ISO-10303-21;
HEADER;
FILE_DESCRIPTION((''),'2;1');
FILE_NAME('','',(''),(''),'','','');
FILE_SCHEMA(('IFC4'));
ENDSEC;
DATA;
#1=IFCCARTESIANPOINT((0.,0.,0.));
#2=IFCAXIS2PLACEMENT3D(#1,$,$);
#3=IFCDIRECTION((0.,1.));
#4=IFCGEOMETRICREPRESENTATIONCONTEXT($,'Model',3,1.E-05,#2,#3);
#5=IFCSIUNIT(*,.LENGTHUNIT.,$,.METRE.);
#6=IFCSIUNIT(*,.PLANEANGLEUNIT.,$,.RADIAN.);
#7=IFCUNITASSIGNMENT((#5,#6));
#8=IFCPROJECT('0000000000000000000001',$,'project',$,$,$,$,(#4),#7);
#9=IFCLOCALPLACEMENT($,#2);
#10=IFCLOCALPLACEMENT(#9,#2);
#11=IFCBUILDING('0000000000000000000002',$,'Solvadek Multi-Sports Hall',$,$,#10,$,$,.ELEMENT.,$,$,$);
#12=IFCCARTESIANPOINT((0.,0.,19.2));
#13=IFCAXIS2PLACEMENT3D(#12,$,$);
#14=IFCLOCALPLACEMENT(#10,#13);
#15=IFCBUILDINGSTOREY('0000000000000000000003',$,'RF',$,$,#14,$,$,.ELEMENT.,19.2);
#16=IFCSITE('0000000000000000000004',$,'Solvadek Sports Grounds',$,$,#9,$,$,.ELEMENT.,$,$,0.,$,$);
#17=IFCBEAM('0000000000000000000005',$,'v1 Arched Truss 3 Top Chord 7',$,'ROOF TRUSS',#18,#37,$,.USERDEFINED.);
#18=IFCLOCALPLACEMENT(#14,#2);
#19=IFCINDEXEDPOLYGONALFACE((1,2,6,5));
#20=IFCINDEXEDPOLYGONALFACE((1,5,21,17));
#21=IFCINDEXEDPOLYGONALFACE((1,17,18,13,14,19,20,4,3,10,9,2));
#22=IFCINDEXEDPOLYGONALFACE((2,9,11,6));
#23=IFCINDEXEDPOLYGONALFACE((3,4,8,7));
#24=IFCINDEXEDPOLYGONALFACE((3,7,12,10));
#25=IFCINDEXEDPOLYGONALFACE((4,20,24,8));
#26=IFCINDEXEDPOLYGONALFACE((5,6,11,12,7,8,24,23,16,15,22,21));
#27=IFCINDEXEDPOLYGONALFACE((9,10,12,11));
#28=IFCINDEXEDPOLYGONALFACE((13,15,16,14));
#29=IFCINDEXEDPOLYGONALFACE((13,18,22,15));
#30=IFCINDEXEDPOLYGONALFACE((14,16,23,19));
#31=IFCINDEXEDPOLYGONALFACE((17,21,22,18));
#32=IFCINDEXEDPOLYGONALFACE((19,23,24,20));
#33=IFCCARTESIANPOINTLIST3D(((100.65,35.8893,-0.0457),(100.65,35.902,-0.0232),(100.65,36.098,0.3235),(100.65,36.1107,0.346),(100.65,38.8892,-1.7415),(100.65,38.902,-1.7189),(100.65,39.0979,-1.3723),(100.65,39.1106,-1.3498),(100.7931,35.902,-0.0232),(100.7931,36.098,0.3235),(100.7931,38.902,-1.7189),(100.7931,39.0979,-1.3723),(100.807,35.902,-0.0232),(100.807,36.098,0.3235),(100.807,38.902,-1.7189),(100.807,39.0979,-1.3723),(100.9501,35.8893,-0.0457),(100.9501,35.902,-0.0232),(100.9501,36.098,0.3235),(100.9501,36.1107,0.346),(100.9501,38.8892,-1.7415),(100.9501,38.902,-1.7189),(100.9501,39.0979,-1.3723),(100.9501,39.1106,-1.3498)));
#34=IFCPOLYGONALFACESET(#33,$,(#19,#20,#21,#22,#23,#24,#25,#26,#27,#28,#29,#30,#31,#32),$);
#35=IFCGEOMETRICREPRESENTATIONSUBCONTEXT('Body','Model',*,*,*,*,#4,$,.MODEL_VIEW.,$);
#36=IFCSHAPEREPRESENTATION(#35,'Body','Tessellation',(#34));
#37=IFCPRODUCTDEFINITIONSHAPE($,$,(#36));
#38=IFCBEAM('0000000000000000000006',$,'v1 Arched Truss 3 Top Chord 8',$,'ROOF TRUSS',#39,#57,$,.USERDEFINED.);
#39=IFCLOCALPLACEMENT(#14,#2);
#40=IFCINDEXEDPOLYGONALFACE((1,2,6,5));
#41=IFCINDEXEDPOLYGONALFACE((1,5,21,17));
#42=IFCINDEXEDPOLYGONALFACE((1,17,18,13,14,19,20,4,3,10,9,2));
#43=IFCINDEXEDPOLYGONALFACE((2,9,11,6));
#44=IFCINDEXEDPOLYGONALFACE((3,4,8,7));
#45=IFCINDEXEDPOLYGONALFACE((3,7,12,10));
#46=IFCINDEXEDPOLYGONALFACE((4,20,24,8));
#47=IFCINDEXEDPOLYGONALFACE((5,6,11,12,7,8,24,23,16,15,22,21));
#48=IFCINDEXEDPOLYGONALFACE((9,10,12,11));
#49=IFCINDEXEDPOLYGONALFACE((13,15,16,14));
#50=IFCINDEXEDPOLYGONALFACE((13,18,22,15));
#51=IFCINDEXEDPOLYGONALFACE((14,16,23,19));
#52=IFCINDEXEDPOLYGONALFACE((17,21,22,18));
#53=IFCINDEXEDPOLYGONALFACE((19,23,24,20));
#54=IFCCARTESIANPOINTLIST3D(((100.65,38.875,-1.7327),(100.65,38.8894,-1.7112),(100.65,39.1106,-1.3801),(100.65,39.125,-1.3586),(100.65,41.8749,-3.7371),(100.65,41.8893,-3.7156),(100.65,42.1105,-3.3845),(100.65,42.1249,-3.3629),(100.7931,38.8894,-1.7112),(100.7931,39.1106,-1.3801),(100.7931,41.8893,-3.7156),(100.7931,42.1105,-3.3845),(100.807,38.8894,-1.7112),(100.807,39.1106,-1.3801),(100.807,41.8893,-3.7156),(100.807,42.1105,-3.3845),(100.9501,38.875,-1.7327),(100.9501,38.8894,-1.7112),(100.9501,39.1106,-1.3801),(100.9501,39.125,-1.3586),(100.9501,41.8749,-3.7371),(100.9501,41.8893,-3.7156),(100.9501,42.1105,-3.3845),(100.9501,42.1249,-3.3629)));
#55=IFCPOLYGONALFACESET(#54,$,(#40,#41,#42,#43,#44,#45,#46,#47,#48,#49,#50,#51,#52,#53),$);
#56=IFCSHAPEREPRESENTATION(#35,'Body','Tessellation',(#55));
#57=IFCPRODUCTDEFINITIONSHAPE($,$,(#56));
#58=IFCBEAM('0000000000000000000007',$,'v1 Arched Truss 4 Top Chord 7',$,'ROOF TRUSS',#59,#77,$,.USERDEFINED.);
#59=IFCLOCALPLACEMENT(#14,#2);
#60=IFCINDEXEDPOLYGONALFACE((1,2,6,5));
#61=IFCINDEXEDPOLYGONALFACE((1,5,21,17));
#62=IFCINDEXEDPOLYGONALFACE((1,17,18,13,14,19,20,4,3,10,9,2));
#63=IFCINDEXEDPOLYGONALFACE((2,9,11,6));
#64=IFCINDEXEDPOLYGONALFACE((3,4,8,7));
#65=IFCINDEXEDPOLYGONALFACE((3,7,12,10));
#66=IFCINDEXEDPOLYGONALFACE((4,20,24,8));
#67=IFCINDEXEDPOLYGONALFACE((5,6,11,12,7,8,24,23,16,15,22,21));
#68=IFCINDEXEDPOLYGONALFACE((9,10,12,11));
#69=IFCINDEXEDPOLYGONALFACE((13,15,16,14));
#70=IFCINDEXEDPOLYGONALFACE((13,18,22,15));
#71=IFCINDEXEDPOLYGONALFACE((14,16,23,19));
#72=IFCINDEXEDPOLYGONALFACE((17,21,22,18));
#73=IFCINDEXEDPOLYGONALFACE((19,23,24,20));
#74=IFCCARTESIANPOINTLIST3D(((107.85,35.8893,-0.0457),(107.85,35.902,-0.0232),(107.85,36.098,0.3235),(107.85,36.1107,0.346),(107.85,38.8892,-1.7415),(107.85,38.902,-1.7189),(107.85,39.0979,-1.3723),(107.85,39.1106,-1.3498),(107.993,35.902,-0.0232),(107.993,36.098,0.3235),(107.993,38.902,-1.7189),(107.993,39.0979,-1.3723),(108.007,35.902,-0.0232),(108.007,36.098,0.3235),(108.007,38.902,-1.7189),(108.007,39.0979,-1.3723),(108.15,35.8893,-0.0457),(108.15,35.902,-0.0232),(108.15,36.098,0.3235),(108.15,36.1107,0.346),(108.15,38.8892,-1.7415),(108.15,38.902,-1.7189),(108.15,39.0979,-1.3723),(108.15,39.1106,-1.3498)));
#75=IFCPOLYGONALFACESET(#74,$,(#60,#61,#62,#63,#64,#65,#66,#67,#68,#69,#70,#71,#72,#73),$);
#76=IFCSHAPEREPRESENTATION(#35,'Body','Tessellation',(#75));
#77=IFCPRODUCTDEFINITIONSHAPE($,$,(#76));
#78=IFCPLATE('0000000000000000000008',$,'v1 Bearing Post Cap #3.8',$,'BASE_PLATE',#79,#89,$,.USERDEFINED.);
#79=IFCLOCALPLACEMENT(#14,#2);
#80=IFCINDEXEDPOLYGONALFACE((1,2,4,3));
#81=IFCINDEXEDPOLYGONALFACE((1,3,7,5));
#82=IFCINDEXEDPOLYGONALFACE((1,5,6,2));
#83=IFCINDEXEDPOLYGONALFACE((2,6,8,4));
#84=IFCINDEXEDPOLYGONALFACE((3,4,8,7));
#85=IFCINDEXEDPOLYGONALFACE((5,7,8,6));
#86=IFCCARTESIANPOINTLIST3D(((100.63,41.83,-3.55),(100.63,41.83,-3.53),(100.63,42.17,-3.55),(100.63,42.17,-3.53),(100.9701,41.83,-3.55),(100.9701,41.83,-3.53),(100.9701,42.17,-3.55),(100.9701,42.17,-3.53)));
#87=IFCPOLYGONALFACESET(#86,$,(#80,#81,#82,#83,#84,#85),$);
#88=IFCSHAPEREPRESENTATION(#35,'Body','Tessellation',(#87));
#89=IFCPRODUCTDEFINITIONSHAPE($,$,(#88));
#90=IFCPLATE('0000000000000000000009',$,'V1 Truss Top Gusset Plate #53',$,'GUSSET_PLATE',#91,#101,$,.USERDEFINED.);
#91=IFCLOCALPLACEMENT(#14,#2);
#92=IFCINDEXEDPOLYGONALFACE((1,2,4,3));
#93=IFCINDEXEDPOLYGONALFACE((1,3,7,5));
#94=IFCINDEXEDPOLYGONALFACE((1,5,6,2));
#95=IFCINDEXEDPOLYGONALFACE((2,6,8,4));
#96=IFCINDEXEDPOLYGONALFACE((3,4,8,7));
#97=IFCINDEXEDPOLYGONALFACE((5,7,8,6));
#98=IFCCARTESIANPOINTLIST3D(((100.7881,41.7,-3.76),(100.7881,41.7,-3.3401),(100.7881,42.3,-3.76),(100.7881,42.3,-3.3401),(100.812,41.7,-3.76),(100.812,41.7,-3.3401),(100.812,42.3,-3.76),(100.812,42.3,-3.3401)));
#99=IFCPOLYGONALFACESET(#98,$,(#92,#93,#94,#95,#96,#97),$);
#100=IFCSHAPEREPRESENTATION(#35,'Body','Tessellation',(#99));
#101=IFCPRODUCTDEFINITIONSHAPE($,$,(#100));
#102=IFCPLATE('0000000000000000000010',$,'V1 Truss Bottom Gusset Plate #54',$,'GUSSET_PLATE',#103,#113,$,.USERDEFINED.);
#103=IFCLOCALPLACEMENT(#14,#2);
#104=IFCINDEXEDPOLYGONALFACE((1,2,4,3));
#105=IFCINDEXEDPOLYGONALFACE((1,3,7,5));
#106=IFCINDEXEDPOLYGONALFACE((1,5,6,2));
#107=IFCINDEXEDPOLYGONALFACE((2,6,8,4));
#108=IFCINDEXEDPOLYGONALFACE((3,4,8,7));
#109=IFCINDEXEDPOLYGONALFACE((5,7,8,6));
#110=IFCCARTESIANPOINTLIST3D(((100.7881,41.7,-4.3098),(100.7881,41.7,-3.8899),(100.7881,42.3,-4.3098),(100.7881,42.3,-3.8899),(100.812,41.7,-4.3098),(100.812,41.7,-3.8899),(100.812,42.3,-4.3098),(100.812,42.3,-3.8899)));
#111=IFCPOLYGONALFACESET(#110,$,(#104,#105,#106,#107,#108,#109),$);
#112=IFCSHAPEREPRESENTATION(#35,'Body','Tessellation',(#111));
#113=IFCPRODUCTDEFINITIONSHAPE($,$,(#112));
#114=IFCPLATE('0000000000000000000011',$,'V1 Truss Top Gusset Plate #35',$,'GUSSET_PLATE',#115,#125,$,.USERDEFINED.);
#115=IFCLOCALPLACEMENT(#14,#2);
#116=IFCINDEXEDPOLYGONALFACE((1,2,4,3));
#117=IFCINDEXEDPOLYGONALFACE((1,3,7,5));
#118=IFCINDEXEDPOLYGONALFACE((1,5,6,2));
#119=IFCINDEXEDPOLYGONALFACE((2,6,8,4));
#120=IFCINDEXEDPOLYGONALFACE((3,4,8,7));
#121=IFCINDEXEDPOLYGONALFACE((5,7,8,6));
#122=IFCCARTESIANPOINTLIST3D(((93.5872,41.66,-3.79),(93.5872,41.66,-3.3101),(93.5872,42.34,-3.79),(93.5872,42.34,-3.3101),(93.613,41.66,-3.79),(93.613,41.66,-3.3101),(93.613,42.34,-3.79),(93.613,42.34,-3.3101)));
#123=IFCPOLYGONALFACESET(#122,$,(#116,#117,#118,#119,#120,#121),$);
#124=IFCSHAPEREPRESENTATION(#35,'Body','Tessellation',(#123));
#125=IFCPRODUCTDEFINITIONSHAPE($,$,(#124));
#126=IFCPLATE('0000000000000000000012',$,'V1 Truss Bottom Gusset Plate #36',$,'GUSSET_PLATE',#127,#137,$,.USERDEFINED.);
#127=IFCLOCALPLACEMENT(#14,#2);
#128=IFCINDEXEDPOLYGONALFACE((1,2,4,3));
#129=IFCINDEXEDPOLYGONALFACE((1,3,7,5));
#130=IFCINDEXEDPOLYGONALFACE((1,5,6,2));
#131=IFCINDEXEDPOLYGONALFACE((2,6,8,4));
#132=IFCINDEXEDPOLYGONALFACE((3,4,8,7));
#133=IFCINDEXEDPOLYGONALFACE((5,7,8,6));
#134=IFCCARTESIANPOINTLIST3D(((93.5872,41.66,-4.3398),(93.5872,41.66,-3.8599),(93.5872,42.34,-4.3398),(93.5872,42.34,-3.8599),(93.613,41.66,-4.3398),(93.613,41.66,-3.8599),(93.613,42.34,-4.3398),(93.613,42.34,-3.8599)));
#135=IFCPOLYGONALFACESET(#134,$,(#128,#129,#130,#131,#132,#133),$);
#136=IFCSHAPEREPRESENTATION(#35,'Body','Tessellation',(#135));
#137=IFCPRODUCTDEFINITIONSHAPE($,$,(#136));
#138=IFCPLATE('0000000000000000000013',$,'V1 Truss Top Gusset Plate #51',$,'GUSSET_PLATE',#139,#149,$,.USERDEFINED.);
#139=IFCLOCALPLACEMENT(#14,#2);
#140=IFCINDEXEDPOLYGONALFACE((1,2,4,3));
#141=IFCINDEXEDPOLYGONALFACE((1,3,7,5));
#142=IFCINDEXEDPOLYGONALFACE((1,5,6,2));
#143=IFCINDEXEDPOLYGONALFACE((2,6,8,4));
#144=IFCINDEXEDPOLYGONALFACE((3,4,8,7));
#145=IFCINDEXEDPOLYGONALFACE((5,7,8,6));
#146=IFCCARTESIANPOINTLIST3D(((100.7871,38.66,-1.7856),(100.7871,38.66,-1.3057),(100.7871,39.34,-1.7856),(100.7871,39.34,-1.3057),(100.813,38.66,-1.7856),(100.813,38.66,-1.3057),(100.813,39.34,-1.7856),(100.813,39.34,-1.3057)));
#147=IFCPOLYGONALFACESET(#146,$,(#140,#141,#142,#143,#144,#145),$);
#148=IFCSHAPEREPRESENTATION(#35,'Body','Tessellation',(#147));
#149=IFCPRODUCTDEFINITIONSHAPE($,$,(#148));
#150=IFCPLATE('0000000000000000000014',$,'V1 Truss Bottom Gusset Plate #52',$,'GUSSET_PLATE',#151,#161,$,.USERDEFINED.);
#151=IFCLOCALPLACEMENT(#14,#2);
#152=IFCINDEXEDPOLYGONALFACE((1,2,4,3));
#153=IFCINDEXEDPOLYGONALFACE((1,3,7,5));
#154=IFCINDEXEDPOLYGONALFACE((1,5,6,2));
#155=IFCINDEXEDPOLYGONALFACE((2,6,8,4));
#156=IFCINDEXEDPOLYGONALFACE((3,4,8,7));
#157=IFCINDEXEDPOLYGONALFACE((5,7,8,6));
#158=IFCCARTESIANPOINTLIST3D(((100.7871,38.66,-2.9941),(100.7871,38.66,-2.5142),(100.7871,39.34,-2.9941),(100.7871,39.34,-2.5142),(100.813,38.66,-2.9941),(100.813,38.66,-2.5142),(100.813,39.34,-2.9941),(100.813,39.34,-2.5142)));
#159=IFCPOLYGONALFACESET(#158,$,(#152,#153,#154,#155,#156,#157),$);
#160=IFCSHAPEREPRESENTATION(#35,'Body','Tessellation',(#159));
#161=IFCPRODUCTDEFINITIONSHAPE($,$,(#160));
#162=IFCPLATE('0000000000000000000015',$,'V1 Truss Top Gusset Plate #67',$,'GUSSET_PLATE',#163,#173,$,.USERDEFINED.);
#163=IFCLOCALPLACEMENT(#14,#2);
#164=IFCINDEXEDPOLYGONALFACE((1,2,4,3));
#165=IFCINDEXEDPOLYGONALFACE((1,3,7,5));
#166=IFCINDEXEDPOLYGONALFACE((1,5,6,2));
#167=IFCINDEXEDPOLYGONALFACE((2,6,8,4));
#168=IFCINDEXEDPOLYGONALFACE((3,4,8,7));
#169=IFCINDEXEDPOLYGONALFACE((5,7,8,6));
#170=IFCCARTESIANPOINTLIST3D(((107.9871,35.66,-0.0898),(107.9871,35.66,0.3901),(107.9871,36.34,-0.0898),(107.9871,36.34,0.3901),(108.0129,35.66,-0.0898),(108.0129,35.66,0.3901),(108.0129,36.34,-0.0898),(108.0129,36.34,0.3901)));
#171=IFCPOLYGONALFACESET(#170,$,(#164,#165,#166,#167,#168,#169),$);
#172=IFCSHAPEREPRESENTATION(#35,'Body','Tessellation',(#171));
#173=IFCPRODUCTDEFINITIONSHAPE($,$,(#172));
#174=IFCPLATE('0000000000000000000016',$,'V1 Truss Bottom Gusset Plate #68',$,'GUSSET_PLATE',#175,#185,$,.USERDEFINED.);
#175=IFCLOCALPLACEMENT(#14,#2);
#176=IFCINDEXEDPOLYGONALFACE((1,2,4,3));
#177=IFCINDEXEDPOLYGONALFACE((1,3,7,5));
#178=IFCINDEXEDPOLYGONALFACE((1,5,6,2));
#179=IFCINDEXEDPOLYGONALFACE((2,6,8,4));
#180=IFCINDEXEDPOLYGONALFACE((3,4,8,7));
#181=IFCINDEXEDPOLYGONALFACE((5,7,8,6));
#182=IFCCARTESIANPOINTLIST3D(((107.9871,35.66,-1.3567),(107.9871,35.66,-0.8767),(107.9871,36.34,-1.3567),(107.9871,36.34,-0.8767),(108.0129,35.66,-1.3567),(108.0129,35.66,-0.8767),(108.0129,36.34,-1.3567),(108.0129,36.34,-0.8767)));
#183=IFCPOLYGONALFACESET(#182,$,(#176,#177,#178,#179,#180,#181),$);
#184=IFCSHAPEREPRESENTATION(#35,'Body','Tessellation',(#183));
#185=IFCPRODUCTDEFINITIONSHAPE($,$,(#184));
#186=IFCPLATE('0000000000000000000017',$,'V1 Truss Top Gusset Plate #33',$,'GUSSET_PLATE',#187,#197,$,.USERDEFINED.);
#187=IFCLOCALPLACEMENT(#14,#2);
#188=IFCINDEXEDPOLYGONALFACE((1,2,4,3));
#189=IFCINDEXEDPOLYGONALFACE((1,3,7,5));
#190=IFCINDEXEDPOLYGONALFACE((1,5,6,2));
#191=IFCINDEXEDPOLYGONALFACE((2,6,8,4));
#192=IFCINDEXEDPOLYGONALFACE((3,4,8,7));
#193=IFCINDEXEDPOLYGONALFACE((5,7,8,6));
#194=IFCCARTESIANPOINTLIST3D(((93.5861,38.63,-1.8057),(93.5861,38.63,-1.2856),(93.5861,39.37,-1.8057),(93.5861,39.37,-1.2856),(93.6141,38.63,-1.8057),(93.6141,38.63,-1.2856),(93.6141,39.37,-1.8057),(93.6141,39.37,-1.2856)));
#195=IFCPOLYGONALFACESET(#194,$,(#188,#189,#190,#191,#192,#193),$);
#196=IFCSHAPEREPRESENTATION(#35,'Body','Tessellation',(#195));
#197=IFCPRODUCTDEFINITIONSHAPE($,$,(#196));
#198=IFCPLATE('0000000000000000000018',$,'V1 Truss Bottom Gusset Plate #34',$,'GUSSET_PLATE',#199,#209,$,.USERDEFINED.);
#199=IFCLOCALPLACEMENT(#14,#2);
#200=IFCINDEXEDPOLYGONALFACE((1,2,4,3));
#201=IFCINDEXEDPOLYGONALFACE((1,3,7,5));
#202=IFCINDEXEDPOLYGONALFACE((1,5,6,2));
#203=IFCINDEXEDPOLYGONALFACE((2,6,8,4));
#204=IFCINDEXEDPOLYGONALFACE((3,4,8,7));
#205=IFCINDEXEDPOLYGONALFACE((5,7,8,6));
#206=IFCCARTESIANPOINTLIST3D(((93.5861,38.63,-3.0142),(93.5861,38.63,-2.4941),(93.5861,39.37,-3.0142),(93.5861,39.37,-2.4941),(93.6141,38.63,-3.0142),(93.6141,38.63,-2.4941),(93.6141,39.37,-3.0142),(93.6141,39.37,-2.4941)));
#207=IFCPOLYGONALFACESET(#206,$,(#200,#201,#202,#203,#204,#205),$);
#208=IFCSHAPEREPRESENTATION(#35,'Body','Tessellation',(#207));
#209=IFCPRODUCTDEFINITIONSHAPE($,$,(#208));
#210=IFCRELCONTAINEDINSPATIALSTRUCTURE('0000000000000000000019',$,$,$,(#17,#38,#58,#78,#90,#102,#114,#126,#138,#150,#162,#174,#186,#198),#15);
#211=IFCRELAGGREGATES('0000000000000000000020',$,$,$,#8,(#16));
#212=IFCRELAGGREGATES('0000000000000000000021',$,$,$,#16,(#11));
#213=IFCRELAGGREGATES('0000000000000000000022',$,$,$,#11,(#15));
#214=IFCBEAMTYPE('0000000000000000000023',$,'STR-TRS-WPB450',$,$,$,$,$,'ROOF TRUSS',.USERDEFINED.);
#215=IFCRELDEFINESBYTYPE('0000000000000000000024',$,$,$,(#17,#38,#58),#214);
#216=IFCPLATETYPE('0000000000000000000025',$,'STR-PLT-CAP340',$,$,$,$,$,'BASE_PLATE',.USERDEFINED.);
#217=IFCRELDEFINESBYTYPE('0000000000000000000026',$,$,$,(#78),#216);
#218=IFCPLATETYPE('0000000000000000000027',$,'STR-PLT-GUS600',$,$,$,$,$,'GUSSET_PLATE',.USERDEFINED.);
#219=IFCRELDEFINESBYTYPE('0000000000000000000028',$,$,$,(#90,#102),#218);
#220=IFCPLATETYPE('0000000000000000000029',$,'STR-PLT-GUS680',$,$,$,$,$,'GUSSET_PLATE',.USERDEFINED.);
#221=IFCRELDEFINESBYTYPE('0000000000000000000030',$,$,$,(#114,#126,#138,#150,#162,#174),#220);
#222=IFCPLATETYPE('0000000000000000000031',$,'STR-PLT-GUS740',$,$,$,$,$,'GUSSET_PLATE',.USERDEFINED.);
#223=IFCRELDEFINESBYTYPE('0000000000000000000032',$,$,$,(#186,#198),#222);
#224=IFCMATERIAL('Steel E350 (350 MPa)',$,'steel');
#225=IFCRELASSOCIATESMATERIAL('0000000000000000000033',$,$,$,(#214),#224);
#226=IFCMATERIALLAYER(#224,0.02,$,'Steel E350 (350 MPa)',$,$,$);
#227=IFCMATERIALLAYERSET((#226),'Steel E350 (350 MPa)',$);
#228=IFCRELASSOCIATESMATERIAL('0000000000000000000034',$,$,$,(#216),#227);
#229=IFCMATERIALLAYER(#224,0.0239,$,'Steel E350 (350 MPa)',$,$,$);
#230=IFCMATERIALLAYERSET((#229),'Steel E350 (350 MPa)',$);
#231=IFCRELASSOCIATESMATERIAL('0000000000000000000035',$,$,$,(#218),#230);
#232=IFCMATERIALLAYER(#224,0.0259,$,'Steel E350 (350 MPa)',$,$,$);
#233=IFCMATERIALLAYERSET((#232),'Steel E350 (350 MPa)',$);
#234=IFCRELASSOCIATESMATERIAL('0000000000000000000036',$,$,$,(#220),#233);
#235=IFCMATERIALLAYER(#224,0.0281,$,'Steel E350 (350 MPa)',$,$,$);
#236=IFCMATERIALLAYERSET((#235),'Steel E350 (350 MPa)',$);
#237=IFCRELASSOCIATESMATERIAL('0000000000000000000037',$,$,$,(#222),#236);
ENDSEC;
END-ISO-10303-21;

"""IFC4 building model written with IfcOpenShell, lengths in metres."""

from ifc_helpers import new_model, si_unit, direction, frame, origin, origin_2d, place, context, subcontext, project, spatial, rectangle, i_section, extrude, material, layer, layer_set, material_profile, profile_set, type_object, element, save


model = new_model("IFC4")

# Units and contexts
model_context = context("Model", 3, precision=1e-05, world=origin(), true_north=direction((0.0, 1.0)))
body_context = subcontext(model_context, "Body", "Model", "MODEL_VIEW")
ifc_project = project(units=[si_unit("LENGTHUNIT", "METRE"), si_unit("PLANEANGLEUNIT", "RADIAN")], contexts=[model_context])

# Site, building, storey
site_placement = place(None, origin())
site = spatial("IfcSite", under=ifc_project, at=site_placement, Name="Solvadek Sports Grounds", CompositionType="ELEMENT", RefElevation=0.0)
building_placement = place(site_placement, origin())
building = spatial("IfcBuilding", under=site, at=building_placement, Name="Solvadek Multi-Sports Hall", CompositionType="ELEMENT")
storey_placement = place(building_placement, frame((0.0, 0.0, 19.2)))
storey = spatial("IfcBuildingStorey", under=building, at=storey_placement, Name="RF", CompositionType="ELEMENT", Elevation=19.2)

# Shared definitions
ifc_material_1 = material(Name="Steel E350 (350 MPa)", Category="steel")

# Beams
ifc_material_profile_1 = material_profile(ifc_material_1, i_section(OverallWidth=0.3, OverallDepth=0.45, WebThickness=0.0139, FlangeThickness=0.0259, at=origin_2d()), Name="WPB 450")
ifc_profile_set_1 = profile_set([ifc_material_profile_1], Name="Steel E350 (350 MPa)")
beam_type = type_object("IfcBeamType", Name="STR-TRS-WPB450", ElementType="ROOF TRUSS", PredefinedType="USERDEFINED", material=ifc_profile_set_1)
beam_1_placement = place(storey_placement, frame((100.8, 36.0, 0.1501), z_axis=(0.0, 0.870544, -0.49209), x_axis=(-1.0, 0.0, 0.0)))
element("IfcBeam", 1, at=beam_1_placement, inside=storey, type_object=beam_type, Name="v1 Arched Truss 3 Top Chord 7", ObjectType="ROOF TRUSS", PredefinedType="USERDEFINED", context=body_context, shape_type="SweptSolid", body=[
    extrude(i_section(OverallWidth=0.3, OverallDepth=0.45, WebThickness=0.0139, FlangeThickness=0.0259, at=origin_2d()), origin(), (0.0, 0.0, 1.0), 3.446),
])
beam_2_placement = place(storey_placement, frame((100.8, 39.0, -1.5457), z_axis=(0.0, 0.831488, -0.555543), x_axis=(-1.0, 0.0, 0.0)))
element("IfcBeam", 2, at=beam_2_placement, inside=storey, type_object=beam_type, Name="v1 Arched Truss 3 Top Chord 8", ObjectType="ROOF TRUSS", PredefinedType="USERDEFINED", context=body_context, shape_type="SweptSolid", body=[
    extrude(i_section(OverallWidth=0.3, OverallDepth=0.45, WebThickness=0.0139, FlangeThickness=0.0259, at=origin_2d()), origin(), (0.0, 0.0, 1.0), 3.6079),
])
beam_3_placement = place(storey_placement, frame((108.0, 36.0, 0.1501), z_axis=(0.0, 0.870544, -0.49209), x_axis=(-1.0, 0.0, 0.0)))
element("IfcBeam", 3, at=beam_3_placement, inside=storey, type_object=beam_type, Name="v1 Arched Truss 4 Top Chord 7", ObjectType="ROOF TRUSS", PredefinedType="USERDEFINED", context=body_context, shape_type="SweptSolid", body=[
    extrude(i_section(OverallWidth=0.3, OverallDepth=0.45, WebThickness=0.0139, FlangeThickness=0.0259, at=origin_2d()), origin(), (0.0, 0.0, 1.0), 3.446),
])

# Plates
ifc_layer_1 = layer(ifc_material_1, 0.02, Name="Steel E350 (350 MPa)")
ifc_layer_set_1 = layer_set([ifc_layer_1], Name="Steel E350 (350 MPa)")
plate_type_1 = type_object("IfcPlateType", Name="STR-PLT-CAP340", ElementType="BASE_PLATE", PredefinedType="USERDEFINED", material=ifc_layer_set_1)
plate_placement = place(storey_placement, frame((100.8, 42.0, -3.55), z_axis=(0.0, 0.0, 1.0), x_axis=(1.0, 0.0, 0.0)))
element("IfcPlate", 4, at=plate_placement, inside=storey, type_object=plate_type_1, Name="v1 Bearing Post Cap #3.8", ObjectType="BASE_PLATE", PredefinedType="USERDEFINED", context=body_context, shape_type="SweptSolid", body=[
    extrude(rectangle(XDim=0.3401, YDim=0.3401, at=origin_2d()), origin(), (0.0, 0.0, 1.0), 0.02),
])
ifc_layer_2 = layer(ifc_material_1, 0.0239, Name="Steel E350 (350 MPa)")
ifc_layer_set_2 = layer_set([ifc_layer_2], Name="Steel E350 (350 MPa)")
plate_type_2 = type_object("IfcPlateType", Name="STR-PLT-GUS600", ElementType="GUSSET_PLATE", PredefinedType="USERDEFINED", material=ifc_layer_set_2)
for number, where, z_axis, x_axis, name in (
    (5, (100.8, 42.0, -3.76), (0.0, 0.0, 1.0), (0.0, 1.0, 0.0), "V1 Truss Top Gusset Plate #53"),
    (6, (100.8, 42.0, -4.3098), (0.0, 0.0, 1.0), (0.0, 1.0, 0.0), "V1 Truss Bottom Gusset Plate #54"),
):
    element("IfcPlate", number, at=place(storey_placement, frame(where, z_axis=z_axis, x_axis=x_axis)), inside=storey, type_object=plate_type_2, Name=name, ObjectType="GUSSET_PLATE", PredefinedType="USERDEFINED", context=body_context, shape_type="SweptSolid", body=[
        extrude(rectangle(XDim=0.6001, YDim=0.0239, at=origin_2d()), origin(), (0.0, 0.0, 1.0), 0.4199),
    ])
ifc_layer_3 = layer(ifc_material_1, 0.0259, Name="Steel E350 (350 MPa)")
ifc_layer_set_3 = layer_set([ifc_layer_3], Name="Steel E350 (350 MPa)")
plate_type_3 = type_object("IfcPlateType", Name="STR-PLT-GUS680", ElementType="GUSSET_PLATE", PredefinedType="USERDEFINED", material=ifc_layer_set_3)
for number, where, z_axis, x_axis, name in (
    (7, (93.6001, 42.0, -3.79), (0.0, 0.0, 1.0), (0.0, 1.0, 0.0), "V1 Truss Top Gusset Plate #35"),
    (8, (93.6001, 42.0, -4.3398), (0.0, 0.0, 1.0), (0.0, 1.0, 0.0), "V1 Truss Bottom Gusset Plate #36"),
    (9, (100.8, 39.0, -1.7856), (0.0, 0.0, 1.0), (0.0, 1.0, 0.0), "V1 Truss Top Gusset Plate #51"),
    (10, (100.8, 39.0, -2.9941), (0.0, 0.0, 1.0), (0.0, 1.0, 0.0), "V1 Truss Bottom Gusset Plate #52"),
    (11, (108.0, 36.0, -0.0898), (0.0, 0.0, 1.0), (0.0, 1.0, 0.0), "V1 Truss Top Gusset Plate #67"),
    (12, (108.0, 36.0, -1.3567), (0.0, 0.0, 1.0), (0.0, 1.0, 0.0), "V1 Truss Bottom Gusset Plate #68"),
):
    element("IfcPlate", number, at=place(storey_placement, frame(where, z_axis=z_axis, x_axis=x_axis)), inside=storey, type_object=plate_type_3, Name=name, ObjectType="GUSSET_PLATE", PredefinedType="USERDEFINED", context=body_context, shape_type="SweptSolid", body=[
        extrude(rectangle(XDim=0.6799, YDim=0.0259, at=origin_2d()), origin(), (0.0, 0.0, 1.0), 0.48),
    ])
ifc_layer_4 = layer(ifc_material_1, 0.0281, Name="Steel E350 (350 MPa)")
ifc_layer_set_4 = layer_set([ifc_layer_4], Name="Steel E350 (350 MPa)")
plate_type_4 = type_object("IfcPlateType", Name="STR-PLT-GUS740", ElementType="GUSSET_PLATE", PredefinedType="USERDEFINED", material=ifc_layer_set_4)
for number, where, z_axis, x_axis, name in (
    (13, (93.6001, 39.0, -1.8057), (0.0, 0.0, 1.0), (0.0, 1.0, 0.0), "V1 Truss Top Gusset Plate #33"),
    (14, (93.6001, 39.0, -3.0142), (0.0, 0.0, 1.0), (0.0, 1.0, 0.0), "V1 Truss Bottom Gusset Plate #34"),
):
    element("IfcPlate", number, at=place(storey_placement, frame(where, z_axis=z_axis, x_axis=x_axis)), inside=storey, type_object=plate_type_4, Name=name, ObjectType="GUSSET_PLATE", PredefinedType="USERDEFINED", context=body_context, shape_type="SweptSolid", body=[
        extrude(rectangle(XDim=0.74, YDim=0.0281, at=origin_2d()), origin(), (0.0, 0.0, 1.0), 0.52),
    ])

save(model, "model.ifc")
